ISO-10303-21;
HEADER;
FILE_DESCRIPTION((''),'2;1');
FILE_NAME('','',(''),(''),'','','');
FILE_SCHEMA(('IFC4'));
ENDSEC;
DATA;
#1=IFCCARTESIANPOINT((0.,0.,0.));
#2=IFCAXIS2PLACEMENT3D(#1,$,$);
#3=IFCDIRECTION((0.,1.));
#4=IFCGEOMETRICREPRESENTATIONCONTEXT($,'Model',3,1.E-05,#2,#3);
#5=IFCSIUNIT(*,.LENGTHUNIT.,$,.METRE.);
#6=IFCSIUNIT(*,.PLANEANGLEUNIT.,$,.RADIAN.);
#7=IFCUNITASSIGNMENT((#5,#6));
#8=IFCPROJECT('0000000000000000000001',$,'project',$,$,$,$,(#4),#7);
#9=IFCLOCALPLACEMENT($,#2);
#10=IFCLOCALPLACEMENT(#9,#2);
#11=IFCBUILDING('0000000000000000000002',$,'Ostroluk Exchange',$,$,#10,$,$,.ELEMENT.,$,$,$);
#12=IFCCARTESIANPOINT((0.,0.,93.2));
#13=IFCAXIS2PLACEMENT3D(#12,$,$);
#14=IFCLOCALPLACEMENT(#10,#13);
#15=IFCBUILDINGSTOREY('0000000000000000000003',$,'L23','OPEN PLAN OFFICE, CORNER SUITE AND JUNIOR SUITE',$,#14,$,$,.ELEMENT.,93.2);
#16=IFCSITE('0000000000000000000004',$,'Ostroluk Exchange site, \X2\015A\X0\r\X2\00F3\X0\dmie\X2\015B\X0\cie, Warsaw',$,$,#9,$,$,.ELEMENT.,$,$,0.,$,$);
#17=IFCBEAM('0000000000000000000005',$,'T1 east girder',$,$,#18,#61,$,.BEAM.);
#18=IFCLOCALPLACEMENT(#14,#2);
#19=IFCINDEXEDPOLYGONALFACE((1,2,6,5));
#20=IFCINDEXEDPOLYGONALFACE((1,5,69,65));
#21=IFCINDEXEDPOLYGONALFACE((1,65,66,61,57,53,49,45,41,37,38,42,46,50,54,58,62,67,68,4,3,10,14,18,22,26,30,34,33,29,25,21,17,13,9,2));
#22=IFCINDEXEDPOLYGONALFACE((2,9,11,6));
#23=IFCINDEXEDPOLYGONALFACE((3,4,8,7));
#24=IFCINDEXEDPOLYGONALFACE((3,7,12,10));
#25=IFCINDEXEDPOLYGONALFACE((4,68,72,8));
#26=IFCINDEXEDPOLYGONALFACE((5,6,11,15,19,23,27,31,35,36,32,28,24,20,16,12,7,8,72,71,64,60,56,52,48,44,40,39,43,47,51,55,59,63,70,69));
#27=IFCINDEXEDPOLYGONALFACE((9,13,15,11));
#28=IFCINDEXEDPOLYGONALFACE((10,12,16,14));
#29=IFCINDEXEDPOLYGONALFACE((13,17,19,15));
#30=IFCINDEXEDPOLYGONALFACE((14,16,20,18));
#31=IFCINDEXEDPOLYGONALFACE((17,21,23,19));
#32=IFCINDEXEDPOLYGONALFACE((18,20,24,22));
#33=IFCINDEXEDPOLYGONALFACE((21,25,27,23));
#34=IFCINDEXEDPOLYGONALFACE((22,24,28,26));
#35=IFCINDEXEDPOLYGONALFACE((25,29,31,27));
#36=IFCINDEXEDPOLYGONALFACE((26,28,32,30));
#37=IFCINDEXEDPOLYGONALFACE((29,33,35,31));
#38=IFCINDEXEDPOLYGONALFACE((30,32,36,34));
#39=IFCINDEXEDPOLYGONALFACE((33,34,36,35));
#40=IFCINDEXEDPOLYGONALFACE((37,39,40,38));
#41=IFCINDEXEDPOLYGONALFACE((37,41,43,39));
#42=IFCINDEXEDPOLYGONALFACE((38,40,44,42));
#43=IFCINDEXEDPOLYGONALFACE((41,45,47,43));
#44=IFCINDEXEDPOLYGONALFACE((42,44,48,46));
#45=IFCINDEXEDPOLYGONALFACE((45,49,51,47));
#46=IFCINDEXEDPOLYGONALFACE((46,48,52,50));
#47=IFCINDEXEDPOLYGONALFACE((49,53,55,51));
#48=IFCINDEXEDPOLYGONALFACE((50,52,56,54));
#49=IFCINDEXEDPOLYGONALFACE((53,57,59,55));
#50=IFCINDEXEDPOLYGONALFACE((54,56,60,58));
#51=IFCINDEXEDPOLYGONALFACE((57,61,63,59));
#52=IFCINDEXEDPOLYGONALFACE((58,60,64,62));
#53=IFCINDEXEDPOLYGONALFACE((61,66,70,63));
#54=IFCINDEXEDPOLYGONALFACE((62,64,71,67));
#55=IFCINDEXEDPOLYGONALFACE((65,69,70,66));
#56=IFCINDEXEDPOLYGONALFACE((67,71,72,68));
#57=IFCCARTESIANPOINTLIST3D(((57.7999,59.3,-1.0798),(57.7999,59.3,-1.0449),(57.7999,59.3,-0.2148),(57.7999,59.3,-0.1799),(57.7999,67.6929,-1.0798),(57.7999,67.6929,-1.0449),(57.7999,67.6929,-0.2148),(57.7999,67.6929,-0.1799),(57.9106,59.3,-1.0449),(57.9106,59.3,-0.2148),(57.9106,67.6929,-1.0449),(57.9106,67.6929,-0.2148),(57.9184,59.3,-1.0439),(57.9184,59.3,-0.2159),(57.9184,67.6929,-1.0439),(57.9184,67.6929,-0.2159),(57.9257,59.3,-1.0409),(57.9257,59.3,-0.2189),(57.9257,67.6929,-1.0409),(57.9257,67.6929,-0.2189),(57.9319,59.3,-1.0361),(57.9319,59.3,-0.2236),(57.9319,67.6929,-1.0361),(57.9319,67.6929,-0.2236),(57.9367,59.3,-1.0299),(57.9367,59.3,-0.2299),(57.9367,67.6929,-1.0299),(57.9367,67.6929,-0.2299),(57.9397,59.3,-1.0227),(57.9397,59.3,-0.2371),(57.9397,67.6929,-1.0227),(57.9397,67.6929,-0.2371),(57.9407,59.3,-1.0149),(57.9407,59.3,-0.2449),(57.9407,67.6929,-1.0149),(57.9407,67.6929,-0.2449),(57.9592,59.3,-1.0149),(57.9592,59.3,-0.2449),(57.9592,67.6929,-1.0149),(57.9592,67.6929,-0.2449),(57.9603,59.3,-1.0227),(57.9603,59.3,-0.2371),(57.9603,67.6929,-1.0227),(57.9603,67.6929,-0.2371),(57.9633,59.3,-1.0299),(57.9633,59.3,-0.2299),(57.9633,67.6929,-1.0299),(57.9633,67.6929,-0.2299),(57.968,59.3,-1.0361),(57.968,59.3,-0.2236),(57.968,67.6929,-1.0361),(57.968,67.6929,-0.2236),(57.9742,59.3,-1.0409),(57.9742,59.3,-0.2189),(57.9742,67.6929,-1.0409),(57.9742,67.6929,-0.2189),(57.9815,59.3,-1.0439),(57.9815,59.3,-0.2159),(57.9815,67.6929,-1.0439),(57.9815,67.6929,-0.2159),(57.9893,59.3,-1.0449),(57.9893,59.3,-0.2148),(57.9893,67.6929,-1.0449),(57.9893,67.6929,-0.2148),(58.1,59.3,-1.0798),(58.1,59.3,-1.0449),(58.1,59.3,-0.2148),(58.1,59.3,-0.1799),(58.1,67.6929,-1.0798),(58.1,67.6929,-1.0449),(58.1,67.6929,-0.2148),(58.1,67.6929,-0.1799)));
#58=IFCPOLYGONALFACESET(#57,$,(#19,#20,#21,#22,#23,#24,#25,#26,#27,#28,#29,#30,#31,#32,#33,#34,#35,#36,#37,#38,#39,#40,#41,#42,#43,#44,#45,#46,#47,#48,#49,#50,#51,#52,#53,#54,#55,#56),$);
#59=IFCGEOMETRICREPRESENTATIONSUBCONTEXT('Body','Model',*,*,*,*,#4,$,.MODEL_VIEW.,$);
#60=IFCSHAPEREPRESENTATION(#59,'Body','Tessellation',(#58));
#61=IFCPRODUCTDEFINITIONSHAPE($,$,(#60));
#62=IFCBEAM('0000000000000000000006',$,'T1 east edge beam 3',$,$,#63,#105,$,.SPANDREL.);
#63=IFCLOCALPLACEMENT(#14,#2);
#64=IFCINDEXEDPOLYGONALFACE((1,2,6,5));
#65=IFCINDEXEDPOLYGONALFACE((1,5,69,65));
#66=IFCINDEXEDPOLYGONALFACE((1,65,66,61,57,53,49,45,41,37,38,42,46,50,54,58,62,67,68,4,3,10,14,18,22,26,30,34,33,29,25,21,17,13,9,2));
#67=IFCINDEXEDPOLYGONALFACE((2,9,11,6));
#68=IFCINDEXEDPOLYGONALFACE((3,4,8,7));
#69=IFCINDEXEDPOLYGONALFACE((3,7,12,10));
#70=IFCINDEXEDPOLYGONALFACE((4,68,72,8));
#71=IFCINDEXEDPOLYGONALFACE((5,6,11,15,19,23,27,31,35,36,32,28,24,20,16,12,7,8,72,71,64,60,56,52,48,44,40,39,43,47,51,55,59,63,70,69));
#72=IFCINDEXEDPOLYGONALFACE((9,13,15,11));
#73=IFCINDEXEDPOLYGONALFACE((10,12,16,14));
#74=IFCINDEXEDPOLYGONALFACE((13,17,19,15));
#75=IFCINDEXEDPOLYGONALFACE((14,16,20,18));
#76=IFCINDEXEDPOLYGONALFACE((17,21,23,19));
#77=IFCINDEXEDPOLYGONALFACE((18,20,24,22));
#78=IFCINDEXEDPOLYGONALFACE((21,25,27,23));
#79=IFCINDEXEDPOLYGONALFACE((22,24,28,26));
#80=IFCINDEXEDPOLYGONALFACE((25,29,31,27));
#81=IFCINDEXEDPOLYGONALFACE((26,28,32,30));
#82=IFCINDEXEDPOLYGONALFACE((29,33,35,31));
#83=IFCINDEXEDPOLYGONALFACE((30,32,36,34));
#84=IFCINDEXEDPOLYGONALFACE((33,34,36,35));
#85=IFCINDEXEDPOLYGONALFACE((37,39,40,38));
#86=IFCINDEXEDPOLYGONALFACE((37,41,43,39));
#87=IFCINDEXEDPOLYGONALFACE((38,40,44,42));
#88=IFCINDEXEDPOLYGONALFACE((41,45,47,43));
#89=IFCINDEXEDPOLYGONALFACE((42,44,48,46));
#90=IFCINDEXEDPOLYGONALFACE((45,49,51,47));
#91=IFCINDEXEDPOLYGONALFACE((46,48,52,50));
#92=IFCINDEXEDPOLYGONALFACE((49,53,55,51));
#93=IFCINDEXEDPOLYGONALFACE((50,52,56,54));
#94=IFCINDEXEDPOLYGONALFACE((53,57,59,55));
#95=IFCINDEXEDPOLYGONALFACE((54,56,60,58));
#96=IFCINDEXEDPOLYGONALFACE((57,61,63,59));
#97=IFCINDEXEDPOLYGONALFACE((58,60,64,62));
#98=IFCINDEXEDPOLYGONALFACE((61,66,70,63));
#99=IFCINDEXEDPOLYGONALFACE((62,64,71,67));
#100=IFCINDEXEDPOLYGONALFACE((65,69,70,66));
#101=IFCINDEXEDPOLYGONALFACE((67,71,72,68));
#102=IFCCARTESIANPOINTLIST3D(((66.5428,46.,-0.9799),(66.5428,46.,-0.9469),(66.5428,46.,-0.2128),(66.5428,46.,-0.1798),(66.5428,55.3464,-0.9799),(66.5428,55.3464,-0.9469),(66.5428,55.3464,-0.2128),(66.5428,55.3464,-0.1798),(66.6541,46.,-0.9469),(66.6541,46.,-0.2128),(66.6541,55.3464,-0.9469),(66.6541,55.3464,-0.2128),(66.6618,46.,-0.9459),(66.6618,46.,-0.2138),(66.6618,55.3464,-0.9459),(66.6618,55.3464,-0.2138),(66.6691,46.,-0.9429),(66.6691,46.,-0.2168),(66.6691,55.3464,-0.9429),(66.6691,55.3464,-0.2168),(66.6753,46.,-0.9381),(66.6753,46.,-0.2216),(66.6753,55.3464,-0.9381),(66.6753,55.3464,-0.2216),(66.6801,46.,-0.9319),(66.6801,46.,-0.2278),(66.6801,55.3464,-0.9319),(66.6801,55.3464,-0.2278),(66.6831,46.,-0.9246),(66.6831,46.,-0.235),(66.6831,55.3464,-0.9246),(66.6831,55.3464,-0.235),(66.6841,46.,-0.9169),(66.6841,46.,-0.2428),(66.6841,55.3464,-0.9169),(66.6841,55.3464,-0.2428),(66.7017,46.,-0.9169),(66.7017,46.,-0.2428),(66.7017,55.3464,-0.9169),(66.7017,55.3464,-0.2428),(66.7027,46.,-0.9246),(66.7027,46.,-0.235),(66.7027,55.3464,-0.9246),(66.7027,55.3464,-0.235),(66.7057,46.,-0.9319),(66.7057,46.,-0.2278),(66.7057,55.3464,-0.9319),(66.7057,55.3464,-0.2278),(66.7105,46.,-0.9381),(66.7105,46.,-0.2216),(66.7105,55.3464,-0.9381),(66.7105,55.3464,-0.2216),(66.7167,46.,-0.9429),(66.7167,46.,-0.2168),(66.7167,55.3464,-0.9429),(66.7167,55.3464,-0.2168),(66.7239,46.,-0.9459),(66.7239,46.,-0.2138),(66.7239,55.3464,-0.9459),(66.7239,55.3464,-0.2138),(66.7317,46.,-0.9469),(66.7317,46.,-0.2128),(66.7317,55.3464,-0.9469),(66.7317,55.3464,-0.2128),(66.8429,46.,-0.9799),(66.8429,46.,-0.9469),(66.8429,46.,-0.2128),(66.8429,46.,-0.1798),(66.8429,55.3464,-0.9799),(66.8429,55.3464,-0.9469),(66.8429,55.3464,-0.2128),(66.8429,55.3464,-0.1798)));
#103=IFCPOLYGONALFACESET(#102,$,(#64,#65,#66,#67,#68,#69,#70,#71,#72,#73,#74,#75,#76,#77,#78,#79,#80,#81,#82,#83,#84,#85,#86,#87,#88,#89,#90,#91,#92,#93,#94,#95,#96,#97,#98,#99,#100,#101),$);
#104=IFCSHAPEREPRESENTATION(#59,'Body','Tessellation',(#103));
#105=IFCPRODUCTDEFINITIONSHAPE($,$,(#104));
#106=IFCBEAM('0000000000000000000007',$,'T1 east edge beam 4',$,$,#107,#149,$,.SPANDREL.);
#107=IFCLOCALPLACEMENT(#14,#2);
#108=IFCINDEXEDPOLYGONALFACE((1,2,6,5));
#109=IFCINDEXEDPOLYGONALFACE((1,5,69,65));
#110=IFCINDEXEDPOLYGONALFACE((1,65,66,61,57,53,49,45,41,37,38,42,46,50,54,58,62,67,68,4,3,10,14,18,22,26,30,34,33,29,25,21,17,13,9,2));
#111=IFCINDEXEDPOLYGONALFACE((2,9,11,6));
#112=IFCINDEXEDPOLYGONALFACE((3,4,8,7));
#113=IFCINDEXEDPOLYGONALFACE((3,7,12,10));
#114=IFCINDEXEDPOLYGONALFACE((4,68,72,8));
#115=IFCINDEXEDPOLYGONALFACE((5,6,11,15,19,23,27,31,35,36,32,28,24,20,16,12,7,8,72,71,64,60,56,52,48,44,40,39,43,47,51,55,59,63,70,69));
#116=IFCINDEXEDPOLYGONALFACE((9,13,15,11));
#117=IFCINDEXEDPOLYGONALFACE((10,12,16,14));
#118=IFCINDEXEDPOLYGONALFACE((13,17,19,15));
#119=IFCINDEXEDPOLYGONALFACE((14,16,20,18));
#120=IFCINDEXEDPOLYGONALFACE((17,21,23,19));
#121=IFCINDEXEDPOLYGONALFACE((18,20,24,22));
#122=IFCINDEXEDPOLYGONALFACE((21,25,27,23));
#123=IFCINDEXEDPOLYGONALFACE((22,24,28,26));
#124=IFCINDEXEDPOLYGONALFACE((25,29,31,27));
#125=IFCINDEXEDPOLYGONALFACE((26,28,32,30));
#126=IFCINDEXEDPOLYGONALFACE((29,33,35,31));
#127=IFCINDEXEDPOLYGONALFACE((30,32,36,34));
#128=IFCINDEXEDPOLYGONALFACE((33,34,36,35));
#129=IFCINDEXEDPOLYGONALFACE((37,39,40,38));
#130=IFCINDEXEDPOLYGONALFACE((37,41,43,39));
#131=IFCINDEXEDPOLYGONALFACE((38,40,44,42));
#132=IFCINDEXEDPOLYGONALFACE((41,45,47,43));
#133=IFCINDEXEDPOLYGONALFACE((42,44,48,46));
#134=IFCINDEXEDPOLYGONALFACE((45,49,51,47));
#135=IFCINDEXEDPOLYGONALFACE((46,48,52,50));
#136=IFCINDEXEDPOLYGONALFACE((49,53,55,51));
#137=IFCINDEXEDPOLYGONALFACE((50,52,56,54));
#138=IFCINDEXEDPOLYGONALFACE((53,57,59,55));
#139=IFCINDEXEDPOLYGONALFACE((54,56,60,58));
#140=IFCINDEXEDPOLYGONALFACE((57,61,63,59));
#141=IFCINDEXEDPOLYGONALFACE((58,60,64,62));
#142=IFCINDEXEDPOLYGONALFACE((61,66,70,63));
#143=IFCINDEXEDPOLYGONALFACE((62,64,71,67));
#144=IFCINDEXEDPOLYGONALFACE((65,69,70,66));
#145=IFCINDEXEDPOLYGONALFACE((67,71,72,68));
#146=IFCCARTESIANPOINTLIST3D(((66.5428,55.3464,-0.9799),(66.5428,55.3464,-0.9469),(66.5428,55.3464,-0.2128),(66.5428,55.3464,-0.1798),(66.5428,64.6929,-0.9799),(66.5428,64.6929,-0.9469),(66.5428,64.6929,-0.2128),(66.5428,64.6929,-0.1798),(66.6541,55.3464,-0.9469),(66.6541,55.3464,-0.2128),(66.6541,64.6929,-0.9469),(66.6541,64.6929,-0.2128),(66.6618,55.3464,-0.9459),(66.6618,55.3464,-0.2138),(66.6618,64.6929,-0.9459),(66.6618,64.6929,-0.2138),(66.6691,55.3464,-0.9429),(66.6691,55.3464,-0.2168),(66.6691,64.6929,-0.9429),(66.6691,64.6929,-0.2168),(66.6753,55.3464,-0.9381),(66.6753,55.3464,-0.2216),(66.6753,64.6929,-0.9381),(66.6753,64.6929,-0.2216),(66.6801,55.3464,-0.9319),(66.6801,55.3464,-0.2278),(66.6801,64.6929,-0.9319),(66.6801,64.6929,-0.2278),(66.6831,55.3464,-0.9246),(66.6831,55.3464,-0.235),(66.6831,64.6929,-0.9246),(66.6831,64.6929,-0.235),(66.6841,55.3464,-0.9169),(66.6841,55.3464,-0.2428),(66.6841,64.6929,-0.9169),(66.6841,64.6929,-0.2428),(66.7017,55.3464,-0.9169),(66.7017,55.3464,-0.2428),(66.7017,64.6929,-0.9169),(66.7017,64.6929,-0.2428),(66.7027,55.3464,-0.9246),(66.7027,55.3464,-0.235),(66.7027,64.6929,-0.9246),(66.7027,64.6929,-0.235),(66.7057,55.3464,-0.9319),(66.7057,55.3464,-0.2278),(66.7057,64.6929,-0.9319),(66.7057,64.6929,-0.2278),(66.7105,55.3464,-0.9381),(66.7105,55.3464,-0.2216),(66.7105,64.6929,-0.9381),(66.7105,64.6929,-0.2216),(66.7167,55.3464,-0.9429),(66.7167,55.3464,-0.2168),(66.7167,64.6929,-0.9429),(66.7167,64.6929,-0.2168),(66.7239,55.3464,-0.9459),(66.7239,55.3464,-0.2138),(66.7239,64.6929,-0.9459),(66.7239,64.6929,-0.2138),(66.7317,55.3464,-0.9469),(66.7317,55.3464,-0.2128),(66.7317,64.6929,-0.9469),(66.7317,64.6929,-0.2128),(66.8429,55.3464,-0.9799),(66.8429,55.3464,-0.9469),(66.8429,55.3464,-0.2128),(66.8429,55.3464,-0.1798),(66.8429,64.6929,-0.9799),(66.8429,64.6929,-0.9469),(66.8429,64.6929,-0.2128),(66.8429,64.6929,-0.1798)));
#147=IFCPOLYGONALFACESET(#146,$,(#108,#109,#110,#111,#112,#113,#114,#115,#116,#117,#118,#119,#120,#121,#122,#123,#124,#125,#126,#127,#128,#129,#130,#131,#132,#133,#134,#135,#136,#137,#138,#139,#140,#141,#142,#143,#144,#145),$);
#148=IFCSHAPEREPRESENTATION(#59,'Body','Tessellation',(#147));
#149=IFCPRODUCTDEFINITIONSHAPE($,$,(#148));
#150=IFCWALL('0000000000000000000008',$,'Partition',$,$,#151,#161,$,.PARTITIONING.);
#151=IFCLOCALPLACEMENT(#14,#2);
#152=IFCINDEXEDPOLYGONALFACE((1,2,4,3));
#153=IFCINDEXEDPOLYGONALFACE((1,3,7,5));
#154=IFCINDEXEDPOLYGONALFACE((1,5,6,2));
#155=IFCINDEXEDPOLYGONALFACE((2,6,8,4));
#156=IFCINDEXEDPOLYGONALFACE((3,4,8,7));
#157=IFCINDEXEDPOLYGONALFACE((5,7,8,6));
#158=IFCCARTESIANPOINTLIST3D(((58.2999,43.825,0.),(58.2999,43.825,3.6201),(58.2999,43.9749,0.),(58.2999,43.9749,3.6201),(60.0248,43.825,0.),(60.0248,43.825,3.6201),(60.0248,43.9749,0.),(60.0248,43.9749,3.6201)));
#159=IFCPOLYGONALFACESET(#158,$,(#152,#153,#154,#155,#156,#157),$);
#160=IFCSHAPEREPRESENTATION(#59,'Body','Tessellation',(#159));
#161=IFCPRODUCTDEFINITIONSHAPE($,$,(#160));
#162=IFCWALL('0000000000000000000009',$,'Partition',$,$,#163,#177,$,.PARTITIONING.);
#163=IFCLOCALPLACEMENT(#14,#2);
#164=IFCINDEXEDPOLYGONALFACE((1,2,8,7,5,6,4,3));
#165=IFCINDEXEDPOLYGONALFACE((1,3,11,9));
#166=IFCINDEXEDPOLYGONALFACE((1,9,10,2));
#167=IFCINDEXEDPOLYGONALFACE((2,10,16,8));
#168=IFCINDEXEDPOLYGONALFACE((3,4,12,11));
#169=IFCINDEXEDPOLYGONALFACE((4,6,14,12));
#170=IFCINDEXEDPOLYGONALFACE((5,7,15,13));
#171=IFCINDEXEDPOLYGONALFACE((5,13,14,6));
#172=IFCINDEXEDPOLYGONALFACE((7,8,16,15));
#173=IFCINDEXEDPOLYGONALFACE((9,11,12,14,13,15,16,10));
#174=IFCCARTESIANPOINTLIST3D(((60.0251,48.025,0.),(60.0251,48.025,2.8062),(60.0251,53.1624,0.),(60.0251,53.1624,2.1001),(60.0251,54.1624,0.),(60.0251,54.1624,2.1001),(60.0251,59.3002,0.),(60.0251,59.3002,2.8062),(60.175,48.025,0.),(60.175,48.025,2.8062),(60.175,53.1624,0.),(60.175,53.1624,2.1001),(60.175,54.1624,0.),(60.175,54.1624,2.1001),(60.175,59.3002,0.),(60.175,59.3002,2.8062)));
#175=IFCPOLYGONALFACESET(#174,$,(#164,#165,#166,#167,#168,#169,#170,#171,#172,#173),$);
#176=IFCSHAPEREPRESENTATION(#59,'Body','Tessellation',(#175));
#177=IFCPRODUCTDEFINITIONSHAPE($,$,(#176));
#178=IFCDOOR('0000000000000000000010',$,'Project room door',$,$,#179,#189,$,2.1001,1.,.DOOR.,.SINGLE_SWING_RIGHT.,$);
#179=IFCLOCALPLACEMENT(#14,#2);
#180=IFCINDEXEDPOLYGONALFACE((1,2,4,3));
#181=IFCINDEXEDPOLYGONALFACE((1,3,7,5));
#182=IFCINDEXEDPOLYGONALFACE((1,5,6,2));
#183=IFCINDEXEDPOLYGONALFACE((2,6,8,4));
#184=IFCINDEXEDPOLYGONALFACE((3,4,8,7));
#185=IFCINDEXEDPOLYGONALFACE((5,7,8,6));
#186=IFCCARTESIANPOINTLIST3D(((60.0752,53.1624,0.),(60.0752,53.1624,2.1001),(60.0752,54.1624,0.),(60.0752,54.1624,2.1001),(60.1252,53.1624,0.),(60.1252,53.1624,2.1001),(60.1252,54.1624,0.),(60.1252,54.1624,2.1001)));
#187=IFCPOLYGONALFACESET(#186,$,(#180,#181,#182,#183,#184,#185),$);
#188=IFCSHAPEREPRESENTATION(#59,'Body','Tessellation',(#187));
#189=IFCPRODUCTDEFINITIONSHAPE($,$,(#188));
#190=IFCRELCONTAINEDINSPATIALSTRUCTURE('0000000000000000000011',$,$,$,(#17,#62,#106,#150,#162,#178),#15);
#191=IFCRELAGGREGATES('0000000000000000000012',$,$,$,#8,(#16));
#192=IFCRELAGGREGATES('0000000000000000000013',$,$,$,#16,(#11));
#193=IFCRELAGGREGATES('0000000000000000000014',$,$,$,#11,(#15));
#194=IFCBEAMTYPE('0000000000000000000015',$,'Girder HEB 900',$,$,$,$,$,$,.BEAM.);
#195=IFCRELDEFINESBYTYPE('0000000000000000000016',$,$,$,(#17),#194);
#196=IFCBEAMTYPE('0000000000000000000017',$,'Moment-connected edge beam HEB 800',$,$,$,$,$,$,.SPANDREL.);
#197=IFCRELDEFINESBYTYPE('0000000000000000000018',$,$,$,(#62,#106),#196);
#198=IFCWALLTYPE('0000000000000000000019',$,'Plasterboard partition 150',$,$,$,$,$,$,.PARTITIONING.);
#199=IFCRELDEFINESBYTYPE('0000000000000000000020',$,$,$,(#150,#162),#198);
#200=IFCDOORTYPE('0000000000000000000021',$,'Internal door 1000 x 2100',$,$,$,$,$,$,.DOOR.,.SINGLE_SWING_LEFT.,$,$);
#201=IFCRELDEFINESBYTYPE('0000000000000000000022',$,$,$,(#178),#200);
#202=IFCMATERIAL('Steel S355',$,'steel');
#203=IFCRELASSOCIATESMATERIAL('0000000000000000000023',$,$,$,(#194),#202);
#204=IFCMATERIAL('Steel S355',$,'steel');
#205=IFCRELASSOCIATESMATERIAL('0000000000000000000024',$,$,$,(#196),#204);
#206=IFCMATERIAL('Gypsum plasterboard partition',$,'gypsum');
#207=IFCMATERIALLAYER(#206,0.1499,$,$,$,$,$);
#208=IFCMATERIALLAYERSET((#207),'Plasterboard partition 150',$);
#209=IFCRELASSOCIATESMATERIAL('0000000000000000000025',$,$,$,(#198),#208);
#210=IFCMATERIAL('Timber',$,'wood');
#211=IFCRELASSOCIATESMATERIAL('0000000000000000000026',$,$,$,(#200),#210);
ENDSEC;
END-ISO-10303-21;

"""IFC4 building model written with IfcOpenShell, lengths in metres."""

from ifc_helpers import new_model, si_unit, direction, frame, frame_2d, origin, origin_2d, place, context, subcontext, project, spatial, rectangle, i_section, extrude, material, layer, layer_set, material_profile, profile_set, type_object, element, fill, save


model = new_model("IFC4")

# Units and contexts
model_context = context("Model", 3, precision=1e-05, world=origin(), true_north=direction((0.0, 1.0)))
body_context = subcontext(model_context, "Body", "Model", "MODEL_VIEW")
ifc_project = project(units=[si_unit("LENGTHUNIT", "METRE"), si_unit("PLANEANGLEUNIT", "RADIAN")], contexts=[model_context])

# Site, building, storey
site_placement = place(None, origin())
site = spatial("IfcSite", under=ifc_project, at=site_placement, Name="Ostroluk Exchange site, Śródmieście, Warsaw", CompositionType="ELEMENT", RefElevation=0.0)
building_placement = place(site_placement, origin())
building = spatial("IfcBuilding", under=site, at=building_placement, Name="Ostroluk Exchange", CompositionType="ELEMENT")
storey_placement = place(building_placement, frame((0.0, 0.0, 93.2)))
storey = spatial("IfcBuildingStorey", under=building, at=storey_placement, Name="L23", Description="OPEN PLAN OFFICE, CORNER SUITE AND JUNIOR SUITE", CompositionType="ELEMENT", Elevation=93.2)

# Beams
ifc_material_1 = material(Name="Steel S355", Category="steel")
ifc_material_profile_1 = material_profile(ifc_material_1, i_section(OverallWidth=0.3, OverallDepth=0.8999, WebThickness=0.0186, FlangeThickness=0.0349, FilletRadius=0.03, at=origin_2d()), Name="HEB 900")
ifc_profile_set_1 = profile_set([ifc_material_profile_1], Name="Steel S355")
beam_type_1 = type_object("IfcBeamType", Name="Girder HEB 900", PredefinedType="BEAM", material=ifc_profile_set_1)
beam_1_placement = place(storey_placement, frame((57.95, 59.3, -0.6299), z_axis=(0.0, 1.0, 0.0), x_axis=(-1.0, 0.0, 0.0)))
element("IfcBeam", 1, at=beam_1_placement, inside=storey, type_object=beam_type_1, Name="T1 east girder", PredefinedType="BEAM", context=body_context, shape_type="SweptSolid", body=[
    extrude(i_section(OverallWidth=0.3, OverallDepth=0.8999, WebThickness=0.0186, FlangeThickness=0.0349, FilletRadius=0.03, at=origin_2d()), origin(), (0.0, 0.0, 1.0), 8.3928),
])
ifc_material_2 = material(Name="Steel S355", Category="steel")
ifc_material_profile_2 = material_profile(ifc_material_2, i_section(OverallWidth=0.3, OverallDepth=0.8, WebThickness=0.0176, FlangeThickness=0.033, FilletRadius=0.03, at=origin_2d()), Name="HEB 800")
ifc_profile_set_2 = profile_set([ifc_material_profile_2], Name="Steel S355")
beam_type_2 = type_object("IfcBeamType", Name="Moment-connected edge beam HEB 800", PredefinedType="SPANDREL", material=ifc_profile_set_2)
for number, where, z_axis, x_axis, name in (
    (2, (66.6929, 46.0, -0.5798), (0.0, 1.0, 0.0), (-1.0, 0.0, 0.0), "T1 east edge beam 3"),
    (3, (66.6929, 55.3464, -0.5798), (0.0, 1.0, 0.0), (-1.0, 0.0, 0.0), "T1 east edge beam 4"),
):
    element("IfcBeam", number, at=place(storey_placement, frame(where, z_axis=z_axis, x_axis=x_axis)), inside=storey, type_object=beam_type_2, Name=name, PredefinedType="SPANDREL", context=body_context, shape_type="SweptSolid", body=[
        extrude(i_section(OverallWidth=0.3, OverallDepth=0.8, WebThickness=0.0176, FlangeThickness=0.033, FilletRadius=0.03, at=origin_2d()), origin(), (0.0, 0.0, 1.0), 9.3464),
    ])

# Wall
ifc_material_3 = material(Name="Gypsum plasterboard partition", Category="gypsum")
ifc_layer = layer(ifc_material_3, 0.1499)
ifc_layer_set = layer_set([ifc_layer], Name="Plasterboard partition 150")
wall_type = type_object("IfcWallType", Name="Plasterboard partition 150", PredefinedType="PARTITIONING", material=ifc_layer_set)
wall_1_placement = place(storey_placement, frame((58.3, 43.8999, 0.0), z_axis=(0.0, 0.0, 1.0), x_axis=(1.0, 0.0, 0.0)))
element("IfcWall", 4, at=wall_1_placement, inside=storey, type_object=wall_type, Name="Partition", PredefinedType="PARTITIONING", context=body_context, shape_type="SweptSolid", body=[
    extrude(rectangle(XDim=1.7249, YDim=0.1499, at=frame_2d((0.8623, 0.0))), origin(), (0.0, 0.0, 1.0), 3.6201),
])

# Wall, opening, door
wall_2_placement = place(storey_placement, frame((60.1001, 48.0249, 0.0), z_axis=(0.0, 0.0, 1.0), x_axis=(0.0, 1.0, 0.0)))
wall_2 = element("IfcWall", 5, at=wall_2_placement, inside=storey, type_object=wall_type, Name="Partition", PredefinedType="PARTITIONING", context=body_context, shape_type="SweptSolid", body=[
    extrude(rectangle(XDim=11.2751, YDim=0.1499, at=frame_2d((5.6377, 0.0))), origin(), (0.0, 0.0, 1.0), 2.8062),
])
opening_1_placement = place(wall_2_placement, frame((5.1375, 0.0, 0.0)))
opening_1 = element("IfcOpeningElement", 6, at=opening_1_placement, cuts=wall_2, PredefinedType="OPENING", context=body_context, shape_type="SweptSolid", body=[
    extrude(rectangle(XDim=1.0, YDim=2.1001, at=frame_2d((0.5, 1.05))), frame((0.0, 0.085, 0.0), z_axis=(0.0, -1.0, 0.0), x_axis=(1.0, 0.0, 0.0)), (0.0, 0.0, 1.0), 0.1699),
])
ifc_material_4 = material(Name="Timber", Category="wood")
door_type_1 = type_object("IfcDoorType", Name="Internal door 1000 x 2100", OperationType="SINGLE_SWING_LEFT", PredefinedType="DOOR", material=ifc_material_4)
door_1_placement = place(opening_1_placement, origin())
door_1 = element("IfcDoor", 7, at=door_1_placement, inside=storey, type_object=door_type_1, Name="Project room door", OperationType="SINGLE_SWING_RIGHT", OverallHeight=2.1001, OverallWidth=1.0, PredefinedType="DOOR", context=body_context, shape_type="SweptSolid", body=[
    extrude(rectangle(XDim=1.0, YDim=2.1001, at=frame_2d((0.5, 1.05))), frame((0.0, 0.0249, 0.0), z_axis=(0.0, -1.0, 0.0), x_axis=(1.0, 0.0, 0.0)), (0.0, 0.0, 1.0), 0.05),
])
fill(opening_1, door_1)

save(model, "model.ifc")
